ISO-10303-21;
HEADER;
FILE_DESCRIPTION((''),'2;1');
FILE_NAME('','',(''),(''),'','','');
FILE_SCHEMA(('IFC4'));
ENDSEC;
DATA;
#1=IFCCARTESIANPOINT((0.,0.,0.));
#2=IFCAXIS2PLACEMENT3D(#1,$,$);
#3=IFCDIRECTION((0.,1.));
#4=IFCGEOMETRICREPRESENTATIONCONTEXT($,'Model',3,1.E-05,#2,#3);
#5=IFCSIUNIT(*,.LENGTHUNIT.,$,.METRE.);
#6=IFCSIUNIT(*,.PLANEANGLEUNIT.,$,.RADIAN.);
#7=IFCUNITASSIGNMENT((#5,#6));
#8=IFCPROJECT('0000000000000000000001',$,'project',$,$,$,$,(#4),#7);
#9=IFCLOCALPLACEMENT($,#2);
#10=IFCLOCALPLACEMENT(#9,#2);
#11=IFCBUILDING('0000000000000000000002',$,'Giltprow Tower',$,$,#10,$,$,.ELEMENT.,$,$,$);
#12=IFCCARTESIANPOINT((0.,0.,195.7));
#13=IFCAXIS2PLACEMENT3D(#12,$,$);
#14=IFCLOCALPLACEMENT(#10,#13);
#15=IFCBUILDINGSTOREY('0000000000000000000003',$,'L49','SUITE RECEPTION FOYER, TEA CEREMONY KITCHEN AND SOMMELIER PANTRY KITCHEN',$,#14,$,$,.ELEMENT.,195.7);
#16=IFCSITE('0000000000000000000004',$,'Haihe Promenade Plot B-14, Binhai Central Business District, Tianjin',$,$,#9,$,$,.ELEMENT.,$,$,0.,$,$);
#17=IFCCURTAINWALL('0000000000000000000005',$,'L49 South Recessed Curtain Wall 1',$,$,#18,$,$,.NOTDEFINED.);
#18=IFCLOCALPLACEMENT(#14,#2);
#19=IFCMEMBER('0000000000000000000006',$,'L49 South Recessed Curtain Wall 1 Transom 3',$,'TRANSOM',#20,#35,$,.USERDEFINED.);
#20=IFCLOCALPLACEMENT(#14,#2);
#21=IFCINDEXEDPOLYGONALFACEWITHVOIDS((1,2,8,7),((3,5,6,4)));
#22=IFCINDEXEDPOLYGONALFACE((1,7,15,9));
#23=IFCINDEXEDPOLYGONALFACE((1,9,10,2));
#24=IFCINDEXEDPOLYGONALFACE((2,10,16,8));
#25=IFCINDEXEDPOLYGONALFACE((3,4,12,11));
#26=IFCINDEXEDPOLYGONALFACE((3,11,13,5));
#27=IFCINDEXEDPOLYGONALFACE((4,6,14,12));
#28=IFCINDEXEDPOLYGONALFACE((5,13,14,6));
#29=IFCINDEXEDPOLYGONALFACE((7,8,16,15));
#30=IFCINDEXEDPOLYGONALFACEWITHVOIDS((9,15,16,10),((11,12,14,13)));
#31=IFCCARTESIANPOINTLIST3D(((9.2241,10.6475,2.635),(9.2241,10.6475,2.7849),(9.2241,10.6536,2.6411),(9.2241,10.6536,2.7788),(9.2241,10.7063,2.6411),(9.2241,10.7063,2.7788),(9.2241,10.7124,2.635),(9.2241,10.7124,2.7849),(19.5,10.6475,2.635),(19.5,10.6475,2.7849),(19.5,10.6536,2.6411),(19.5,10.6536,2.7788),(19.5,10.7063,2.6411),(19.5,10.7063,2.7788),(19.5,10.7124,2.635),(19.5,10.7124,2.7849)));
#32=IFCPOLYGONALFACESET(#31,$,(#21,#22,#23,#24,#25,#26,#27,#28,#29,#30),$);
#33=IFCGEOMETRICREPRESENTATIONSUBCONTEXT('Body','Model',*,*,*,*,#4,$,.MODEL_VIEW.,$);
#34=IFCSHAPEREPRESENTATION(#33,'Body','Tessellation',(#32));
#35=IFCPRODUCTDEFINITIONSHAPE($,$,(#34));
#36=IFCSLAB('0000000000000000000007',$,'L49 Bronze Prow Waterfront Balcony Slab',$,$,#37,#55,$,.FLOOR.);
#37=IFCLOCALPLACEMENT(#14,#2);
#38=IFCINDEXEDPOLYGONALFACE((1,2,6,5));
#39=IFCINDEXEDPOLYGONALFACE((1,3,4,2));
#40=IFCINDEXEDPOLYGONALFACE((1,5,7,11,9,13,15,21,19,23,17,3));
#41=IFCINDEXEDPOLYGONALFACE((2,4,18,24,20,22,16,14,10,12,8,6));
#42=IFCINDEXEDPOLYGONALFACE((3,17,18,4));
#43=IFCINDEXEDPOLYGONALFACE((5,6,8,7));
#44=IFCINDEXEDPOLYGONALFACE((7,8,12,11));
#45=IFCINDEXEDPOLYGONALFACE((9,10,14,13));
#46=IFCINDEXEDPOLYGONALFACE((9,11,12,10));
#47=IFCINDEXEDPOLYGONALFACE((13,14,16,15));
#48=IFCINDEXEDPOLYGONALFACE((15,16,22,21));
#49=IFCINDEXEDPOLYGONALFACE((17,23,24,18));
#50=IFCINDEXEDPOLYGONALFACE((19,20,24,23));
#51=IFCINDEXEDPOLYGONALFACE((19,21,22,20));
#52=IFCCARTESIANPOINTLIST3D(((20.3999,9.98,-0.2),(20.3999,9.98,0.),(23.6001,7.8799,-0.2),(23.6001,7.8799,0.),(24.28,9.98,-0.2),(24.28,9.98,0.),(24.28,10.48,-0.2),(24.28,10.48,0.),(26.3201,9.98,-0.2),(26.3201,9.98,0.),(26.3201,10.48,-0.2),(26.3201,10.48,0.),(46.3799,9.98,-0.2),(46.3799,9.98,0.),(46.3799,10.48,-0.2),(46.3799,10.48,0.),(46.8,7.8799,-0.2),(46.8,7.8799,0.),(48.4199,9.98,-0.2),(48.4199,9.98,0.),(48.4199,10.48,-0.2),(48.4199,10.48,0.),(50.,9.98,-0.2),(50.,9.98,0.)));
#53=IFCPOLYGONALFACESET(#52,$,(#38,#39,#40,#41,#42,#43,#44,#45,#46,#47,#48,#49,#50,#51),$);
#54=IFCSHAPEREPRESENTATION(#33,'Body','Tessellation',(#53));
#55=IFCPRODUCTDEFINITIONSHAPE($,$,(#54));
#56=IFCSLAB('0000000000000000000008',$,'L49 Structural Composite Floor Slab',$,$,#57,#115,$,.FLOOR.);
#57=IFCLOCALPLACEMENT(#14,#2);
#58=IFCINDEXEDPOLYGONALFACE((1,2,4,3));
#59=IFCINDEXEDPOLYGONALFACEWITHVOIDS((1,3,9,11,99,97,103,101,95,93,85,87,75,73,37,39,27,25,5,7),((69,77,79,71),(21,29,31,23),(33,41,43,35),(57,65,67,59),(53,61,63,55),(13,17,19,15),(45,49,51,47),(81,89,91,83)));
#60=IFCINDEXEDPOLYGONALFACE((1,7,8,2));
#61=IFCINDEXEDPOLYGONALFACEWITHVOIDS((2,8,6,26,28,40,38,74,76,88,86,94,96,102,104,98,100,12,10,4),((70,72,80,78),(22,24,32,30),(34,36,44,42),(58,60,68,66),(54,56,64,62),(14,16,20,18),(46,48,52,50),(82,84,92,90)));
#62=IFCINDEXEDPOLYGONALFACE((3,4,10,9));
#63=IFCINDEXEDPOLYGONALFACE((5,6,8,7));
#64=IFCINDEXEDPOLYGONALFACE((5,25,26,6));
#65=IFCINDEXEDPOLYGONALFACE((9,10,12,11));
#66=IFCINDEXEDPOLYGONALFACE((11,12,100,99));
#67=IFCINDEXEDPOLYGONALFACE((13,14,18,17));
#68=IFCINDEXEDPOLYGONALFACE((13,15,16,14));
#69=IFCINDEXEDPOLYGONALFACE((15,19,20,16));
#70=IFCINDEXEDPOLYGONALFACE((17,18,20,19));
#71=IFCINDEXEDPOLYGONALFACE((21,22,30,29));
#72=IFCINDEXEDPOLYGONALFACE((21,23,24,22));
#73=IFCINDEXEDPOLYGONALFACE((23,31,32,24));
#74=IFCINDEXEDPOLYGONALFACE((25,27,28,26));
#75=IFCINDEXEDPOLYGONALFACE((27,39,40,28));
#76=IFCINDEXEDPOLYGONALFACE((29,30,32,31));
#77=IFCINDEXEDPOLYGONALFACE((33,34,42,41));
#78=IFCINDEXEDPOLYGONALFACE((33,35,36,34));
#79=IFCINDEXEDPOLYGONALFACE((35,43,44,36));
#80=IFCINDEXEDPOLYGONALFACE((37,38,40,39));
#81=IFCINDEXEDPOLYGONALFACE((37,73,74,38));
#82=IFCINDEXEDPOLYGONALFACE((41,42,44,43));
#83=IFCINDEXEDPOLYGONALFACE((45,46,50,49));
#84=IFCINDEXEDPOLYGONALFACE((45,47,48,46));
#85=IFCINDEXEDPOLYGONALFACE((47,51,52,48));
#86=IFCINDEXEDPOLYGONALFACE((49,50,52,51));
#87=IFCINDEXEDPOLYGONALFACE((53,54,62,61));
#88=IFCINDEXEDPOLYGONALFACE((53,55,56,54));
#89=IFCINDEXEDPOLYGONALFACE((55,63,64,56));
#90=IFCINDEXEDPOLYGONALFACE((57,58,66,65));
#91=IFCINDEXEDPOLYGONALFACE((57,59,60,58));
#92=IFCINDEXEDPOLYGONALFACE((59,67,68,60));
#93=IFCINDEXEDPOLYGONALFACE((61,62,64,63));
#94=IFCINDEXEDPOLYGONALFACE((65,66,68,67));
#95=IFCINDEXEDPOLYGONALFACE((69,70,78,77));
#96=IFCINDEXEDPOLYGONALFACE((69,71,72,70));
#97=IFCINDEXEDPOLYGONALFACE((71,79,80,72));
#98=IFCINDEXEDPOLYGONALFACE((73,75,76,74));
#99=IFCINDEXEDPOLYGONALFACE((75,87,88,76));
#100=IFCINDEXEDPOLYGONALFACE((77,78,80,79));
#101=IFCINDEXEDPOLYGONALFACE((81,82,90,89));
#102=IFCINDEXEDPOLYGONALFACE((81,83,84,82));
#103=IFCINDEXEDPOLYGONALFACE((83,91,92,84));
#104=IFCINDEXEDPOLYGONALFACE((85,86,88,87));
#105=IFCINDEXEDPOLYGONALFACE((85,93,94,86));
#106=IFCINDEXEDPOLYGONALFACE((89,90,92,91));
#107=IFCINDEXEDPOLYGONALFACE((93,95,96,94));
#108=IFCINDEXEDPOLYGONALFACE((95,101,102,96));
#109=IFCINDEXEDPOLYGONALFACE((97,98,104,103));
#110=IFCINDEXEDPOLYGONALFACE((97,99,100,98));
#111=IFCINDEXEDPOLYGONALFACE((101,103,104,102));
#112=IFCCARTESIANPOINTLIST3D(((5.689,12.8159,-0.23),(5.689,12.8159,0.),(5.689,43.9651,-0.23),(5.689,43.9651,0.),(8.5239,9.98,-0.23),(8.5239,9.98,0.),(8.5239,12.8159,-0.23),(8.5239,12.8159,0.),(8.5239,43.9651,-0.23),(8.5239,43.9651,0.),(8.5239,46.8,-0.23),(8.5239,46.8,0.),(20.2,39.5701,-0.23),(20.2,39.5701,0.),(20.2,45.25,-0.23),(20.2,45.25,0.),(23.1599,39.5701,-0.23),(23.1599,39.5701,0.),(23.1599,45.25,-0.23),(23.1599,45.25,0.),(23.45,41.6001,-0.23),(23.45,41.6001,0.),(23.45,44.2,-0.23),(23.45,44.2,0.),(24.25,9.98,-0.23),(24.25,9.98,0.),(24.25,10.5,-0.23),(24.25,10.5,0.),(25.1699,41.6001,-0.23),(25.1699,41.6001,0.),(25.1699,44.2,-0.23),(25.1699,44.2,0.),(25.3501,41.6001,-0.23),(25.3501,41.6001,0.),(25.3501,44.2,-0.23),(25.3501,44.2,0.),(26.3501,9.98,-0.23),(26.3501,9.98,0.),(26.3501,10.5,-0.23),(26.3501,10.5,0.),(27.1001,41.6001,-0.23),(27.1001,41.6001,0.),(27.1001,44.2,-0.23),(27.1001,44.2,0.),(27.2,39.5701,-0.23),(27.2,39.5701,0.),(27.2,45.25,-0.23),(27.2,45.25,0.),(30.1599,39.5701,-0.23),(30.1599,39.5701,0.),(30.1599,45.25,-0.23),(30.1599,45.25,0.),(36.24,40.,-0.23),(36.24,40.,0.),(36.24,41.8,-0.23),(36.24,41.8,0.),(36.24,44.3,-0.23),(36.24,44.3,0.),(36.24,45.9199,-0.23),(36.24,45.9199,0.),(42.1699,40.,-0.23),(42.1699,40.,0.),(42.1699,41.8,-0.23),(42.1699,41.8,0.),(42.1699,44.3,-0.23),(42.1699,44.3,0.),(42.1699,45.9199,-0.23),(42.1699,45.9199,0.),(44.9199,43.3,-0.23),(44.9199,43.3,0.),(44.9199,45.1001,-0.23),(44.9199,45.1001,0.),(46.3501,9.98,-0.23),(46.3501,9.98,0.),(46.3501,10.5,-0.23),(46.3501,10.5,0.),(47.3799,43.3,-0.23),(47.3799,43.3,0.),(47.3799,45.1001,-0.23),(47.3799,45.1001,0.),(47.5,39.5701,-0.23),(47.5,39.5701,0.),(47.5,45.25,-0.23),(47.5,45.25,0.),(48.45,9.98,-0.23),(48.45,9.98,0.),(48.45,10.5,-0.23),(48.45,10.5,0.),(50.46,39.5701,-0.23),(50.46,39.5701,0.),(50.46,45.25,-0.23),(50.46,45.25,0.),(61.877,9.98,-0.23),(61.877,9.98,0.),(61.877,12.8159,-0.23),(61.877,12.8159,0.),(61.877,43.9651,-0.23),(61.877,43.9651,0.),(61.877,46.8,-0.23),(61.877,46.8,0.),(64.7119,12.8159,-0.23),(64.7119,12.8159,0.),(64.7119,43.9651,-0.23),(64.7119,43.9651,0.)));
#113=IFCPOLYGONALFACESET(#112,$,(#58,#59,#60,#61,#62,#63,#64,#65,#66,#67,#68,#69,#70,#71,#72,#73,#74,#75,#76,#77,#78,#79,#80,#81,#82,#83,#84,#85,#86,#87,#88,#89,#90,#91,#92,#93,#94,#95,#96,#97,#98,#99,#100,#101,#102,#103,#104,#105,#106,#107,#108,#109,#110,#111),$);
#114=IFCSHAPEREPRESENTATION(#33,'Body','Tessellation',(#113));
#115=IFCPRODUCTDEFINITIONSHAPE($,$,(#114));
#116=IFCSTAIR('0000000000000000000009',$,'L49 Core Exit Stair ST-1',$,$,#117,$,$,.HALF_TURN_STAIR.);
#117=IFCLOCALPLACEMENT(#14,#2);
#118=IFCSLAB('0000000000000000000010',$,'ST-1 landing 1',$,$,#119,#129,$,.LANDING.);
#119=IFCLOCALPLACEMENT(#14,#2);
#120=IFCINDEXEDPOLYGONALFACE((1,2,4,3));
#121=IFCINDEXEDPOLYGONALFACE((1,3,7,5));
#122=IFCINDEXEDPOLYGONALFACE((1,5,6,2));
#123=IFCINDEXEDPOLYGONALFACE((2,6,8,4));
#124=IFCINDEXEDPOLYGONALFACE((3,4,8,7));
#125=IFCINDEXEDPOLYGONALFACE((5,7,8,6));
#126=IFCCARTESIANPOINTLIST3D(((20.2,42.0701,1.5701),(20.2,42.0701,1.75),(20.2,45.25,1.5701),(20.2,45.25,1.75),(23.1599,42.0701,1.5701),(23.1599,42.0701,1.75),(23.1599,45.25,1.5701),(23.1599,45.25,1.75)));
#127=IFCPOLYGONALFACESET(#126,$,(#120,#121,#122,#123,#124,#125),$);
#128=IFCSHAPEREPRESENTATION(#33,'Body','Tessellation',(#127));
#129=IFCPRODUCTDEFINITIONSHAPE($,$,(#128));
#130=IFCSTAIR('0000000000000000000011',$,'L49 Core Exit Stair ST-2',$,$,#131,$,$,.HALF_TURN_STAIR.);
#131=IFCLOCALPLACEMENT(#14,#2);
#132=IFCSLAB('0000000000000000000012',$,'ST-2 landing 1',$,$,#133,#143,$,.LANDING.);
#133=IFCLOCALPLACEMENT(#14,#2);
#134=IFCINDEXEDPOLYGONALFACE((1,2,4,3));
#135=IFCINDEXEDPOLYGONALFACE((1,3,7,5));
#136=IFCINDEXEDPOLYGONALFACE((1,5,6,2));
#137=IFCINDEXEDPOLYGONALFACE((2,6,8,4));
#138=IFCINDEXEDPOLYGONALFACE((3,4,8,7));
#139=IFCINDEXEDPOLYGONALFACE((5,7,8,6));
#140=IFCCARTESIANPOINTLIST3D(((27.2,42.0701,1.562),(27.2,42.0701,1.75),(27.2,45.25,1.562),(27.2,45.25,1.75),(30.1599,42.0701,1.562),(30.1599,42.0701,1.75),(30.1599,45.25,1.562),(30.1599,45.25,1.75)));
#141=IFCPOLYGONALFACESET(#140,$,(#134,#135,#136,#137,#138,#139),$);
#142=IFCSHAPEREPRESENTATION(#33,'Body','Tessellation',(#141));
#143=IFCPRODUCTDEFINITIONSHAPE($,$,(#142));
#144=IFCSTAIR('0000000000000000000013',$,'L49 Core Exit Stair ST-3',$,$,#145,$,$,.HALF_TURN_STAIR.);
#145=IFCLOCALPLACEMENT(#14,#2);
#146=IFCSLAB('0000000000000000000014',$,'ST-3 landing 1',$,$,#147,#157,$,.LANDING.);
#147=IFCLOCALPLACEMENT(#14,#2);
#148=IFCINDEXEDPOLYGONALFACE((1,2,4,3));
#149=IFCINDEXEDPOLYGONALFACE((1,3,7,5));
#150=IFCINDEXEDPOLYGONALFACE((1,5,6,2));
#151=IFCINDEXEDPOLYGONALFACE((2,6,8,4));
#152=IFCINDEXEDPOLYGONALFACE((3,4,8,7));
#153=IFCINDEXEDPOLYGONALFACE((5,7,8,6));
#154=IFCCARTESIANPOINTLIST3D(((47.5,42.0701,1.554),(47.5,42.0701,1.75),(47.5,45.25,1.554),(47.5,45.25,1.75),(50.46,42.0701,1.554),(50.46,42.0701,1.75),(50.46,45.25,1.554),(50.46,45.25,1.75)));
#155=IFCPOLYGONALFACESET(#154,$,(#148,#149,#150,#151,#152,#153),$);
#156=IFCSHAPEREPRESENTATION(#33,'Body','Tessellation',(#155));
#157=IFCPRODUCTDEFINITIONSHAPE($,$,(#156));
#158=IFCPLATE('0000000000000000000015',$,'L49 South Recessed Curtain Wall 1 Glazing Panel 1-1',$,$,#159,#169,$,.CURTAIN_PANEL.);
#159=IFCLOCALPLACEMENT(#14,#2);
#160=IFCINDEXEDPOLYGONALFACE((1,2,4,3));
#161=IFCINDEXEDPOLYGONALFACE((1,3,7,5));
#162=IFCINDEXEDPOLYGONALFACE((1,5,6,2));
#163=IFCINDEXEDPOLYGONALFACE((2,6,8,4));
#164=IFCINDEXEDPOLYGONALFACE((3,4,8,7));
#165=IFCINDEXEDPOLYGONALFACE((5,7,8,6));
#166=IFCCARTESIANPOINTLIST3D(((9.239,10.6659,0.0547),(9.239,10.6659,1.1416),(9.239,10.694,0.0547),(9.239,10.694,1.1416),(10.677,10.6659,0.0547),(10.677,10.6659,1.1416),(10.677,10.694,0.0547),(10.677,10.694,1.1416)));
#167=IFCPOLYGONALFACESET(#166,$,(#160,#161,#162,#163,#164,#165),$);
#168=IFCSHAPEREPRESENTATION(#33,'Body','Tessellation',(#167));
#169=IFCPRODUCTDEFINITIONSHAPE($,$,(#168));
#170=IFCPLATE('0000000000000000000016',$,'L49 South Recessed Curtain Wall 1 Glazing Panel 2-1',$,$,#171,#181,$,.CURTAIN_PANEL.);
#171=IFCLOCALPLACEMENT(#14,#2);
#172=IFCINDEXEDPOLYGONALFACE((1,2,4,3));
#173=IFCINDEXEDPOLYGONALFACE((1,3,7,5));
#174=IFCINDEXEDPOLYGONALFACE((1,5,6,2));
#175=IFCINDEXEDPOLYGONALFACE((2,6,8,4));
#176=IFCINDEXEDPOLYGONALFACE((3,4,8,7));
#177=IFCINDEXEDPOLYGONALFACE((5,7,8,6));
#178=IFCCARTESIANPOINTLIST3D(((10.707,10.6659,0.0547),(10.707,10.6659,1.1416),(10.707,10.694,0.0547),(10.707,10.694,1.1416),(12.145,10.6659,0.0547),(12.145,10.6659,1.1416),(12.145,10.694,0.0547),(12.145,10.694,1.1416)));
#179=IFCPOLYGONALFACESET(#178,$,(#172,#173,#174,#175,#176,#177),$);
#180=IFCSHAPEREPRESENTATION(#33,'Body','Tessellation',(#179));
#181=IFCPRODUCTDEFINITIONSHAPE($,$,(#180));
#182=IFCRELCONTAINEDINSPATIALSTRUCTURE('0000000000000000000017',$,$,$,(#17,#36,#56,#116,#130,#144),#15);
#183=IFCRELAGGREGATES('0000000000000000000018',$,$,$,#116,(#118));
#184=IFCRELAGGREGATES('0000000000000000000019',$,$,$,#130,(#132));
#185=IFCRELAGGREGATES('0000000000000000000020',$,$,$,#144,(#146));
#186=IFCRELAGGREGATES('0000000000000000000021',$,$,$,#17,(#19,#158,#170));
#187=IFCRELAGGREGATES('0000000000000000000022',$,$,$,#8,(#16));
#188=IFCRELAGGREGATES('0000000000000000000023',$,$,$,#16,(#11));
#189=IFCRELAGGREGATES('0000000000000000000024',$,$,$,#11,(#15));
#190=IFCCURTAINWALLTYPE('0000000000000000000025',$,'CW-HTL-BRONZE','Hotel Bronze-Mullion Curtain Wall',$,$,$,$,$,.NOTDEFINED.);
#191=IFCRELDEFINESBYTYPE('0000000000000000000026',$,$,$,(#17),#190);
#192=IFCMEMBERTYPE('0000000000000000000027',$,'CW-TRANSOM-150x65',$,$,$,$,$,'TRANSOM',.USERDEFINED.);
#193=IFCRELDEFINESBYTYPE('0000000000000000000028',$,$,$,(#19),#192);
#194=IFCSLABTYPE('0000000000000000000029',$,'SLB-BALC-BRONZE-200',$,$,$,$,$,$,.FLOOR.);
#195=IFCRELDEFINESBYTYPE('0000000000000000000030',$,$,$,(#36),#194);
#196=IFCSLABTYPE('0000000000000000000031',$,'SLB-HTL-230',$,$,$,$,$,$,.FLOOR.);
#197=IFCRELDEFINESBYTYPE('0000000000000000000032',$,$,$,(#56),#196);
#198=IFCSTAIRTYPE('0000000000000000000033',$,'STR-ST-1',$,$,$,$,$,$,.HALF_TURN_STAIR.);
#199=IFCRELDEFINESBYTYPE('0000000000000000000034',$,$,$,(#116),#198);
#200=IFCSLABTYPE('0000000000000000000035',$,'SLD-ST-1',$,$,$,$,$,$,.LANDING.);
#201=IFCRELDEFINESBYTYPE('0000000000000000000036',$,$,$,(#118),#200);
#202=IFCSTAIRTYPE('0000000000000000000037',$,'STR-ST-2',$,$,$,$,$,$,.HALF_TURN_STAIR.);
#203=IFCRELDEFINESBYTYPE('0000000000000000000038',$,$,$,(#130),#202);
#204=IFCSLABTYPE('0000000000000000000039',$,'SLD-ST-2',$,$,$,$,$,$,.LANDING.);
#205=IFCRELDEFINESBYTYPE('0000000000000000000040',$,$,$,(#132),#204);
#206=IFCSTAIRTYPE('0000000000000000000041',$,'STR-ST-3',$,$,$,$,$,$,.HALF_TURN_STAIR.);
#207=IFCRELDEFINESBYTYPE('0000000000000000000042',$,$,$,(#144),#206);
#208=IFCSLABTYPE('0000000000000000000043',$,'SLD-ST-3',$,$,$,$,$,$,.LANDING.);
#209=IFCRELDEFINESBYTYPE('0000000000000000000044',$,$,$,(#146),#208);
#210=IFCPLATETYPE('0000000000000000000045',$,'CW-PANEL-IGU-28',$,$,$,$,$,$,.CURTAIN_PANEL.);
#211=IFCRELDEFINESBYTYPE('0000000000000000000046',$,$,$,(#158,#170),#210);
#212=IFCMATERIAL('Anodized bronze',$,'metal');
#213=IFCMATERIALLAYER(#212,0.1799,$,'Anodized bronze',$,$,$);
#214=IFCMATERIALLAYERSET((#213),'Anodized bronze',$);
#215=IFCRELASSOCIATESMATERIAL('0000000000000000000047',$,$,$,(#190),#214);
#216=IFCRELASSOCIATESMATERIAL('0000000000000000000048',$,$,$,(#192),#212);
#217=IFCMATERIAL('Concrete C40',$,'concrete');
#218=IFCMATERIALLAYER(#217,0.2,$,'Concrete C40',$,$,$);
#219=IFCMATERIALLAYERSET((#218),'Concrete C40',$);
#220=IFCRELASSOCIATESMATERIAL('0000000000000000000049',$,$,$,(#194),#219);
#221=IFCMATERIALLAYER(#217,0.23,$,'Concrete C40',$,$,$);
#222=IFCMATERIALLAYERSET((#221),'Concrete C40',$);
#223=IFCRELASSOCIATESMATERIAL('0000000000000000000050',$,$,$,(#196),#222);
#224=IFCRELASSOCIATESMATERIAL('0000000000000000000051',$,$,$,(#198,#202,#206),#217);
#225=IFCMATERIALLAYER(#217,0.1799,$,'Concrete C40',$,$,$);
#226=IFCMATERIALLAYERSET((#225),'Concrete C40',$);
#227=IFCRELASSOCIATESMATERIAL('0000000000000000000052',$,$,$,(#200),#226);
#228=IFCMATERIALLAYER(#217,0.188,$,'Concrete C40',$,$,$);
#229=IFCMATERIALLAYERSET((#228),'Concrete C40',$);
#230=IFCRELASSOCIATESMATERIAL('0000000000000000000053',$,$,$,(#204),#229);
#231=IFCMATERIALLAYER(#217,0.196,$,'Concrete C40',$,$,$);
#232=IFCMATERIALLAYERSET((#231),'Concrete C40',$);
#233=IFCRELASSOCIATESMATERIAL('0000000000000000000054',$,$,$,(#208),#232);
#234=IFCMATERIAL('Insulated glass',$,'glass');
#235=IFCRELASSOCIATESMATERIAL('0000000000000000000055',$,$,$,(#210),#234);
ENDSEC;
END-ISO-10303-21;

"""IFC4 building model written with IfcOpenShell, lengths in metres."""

from ifc_helpers import new_model, si_unit, direction, frame, origin, origin_2d, place, context, subcontext, project, spatial, polyline, rectangle, hollow_rectangle, outline, extrude, source, transform, mapped, material, layer, layer_set, material_profile, profile_set, type_object, element, aggregate, save


model = new_model("IFC4")

# Units and contexts
model_context = context("Model", 3, precision=1e-05, world=origin(), true_north=direction((0.0, 1.0)))
body_context = subcontext(model_context, "Body", "Model", "MODEL_VIEW")
ifc_project = project(units=[si_unit("LENGTHUNIT", "METRE"), si_unit("PLANEANGLEUNIT", "RADIAN")], contexts=[model_context])

# Site, building, storey
site_placement = place(None, origin())
site = spatial("IfcSite", under=ifc_project, at=site_placement, Name="Haihe Promenade Plot B-14, Binhai Central Business District, Tianjin", CompositionType="ELEMENT", RefElevation=0.0)
building_placement = place(site_placement, origin())
building = spatial("IfcBuilding", under=site, at=building_placement, Name="Giltprow Tower", CompositionType="ELEMENT")
storey_placement = place(building_placement, frame((0.0, 0.0, 195.7)))
storey = spatial("IfcBuildingStorey", under=building, at=storey_placement, Name="L49", Description="SUITE RECEPTION FOYER, TEA CEREMONY KITCHEN AND SOMMELIER PANTRY KITCHEN", CompositionType="ELEMENT", Elevation=195.7)

# Curtain wall, member
ifc_material_1 = material(Name="Anodized bronze", Category="metal")
ifc_layer_1 = layer(ifc_material_1, 0.1799, Name="Anodized bronze")
ifc_layer_set_1 = layer_set([ifc_layer_1], Name="Anodized bronze")
curtain_wall_type = type_object("IfcCurtainWallType", Name="CW-HTL-BRONZE", Description="Hotel Bronze-Mullion Curtain Wall", PredefinedType="NOTDEFINED", material=ifc_layer_set_1)
curtain_wall_placement = place(storey_placement, origin())
curtain_wall = element("IfcCurtainWall", 1, at=curtain_wall_placement, inside=storey, type_object=curtain_wall_type, Name="L49 South Recessed Curtain Wall 1", PredefinedType="NOTDEFINED")
ifc_material_profile_1 = material_profile(ifc_material_1, hollow_rectangle(XDim=0.0649, YDim=0.1499, WallThickness=0.0061, at=origin_2d()), Name="RHS 150x65x6")
ifc_profile_set_1 = profile_set([ifc_material_profile_1], Name="Anodized bronze")
member_type_1 = type_object("IfcMemberType", Name="CW-TRANSOM-150x65", ElementType="TRANSOM", PredefinedType="USERDEFINED", material=ifc_profile_set_1)
shared_shape_1 = source(origin(), body_context, "Body", "SweptSolid", [
    extrude(hollow_rectangle(XDim=0.0649, YDim=0.1499, WallThickness=0.0061, at=origin_2d()), origin(), (0.0, 0.0, 1.0), 10.2759),
])
member_1_placement = place(storey_placement, frame((9.2241, 10.6799, 2.71), z_axis=(1.0, 0.0, 0.0), x_axis=(0.0, 1.0, 0.0)))
member_1 = element("IfcMember", 2, at=member_1_placement, type_object=member_type_1, Name="L49 South Recessed Curtain Wall 1 Transom 3", ObjectType="TRANSOM", PredefinedType="USERDEFINED", context=body_context, shape_type="MappedRepresentation", body=[
    mapped(shared_shape_1, transform((0.0, 0.0, 0.0), x_axis=(1.0, 0.0, 0.0), y_axis=(0.0, 1.0, 0.0), z_axis=(0.0, 0.0, 1.0), scale=1.0)),
])

# Slabs
ifc_material_2 = material(Name="Concrete C40", Category="concrete")
ifc_layer_2 = layer(ifc_material_2, 0.2, Name="Concrete C40")
ifc_layer_set_2 = layer_set([ifc_layer_2], Name="Concrete C40")
slab_type_1 = type_object("IfcSlabType", Name="SLB-BALC-BRONZE-200", PredefinedType="FLOOR", material=ifc_layer_set_2)
slab_1_placement = place(storey_placement, frame((0.0, 0.0, -0.2)))
element("IfcSlab", 3, at=slab_1_placement, inside=storey, type_object=slab_type_1, Name="L49 Bronze Prow Waterfront Balcony Slab", PredefinedType="FLOOR", context=body_context, shape_type="SweptSolid", body=[
    extrude(outline(polyline([(50.0, 9.98), (46.8, 7.8799), (23.6001, 7.8799), (20.3999, 9.98), (24.28, 9.98), (24.28, 10.48), (26.3201, 10.48), (26.3201, 9.98), (46.3799, 9.98), (46.3799, 10.48), (48.4199, 10.48), (48.4199, 9.98), (50.0, 9.98)])), origin(), (0.0, 0.0, 1.0), 0.2),
])
ifc_layer_3 = layer(ifc_material_2, 0.23, Name="Concrete C40")
ifc_layer_set_3 = layer_set([ifc_layer_3], Name="Concrete C40")
slab_type_2 = type_object("IfcSlabType", Name="SLB-HTL-230", PredefinedType="FLOOR", material=ifc_layer_set_3)
slab_2_placement = place(storey_placement, frame((0.0, 0.0, -0.23)))
element("IfcSlab", 4, at=slab_2_placement, inside=storey, type_object=slab_type_2, Name="L49 Structural Composite Floor Slab", PredefinedType="FLOOR", context=body_context, shape_type="SweptSolid", body=[
    extrude(outline(polyline([(8.5239, 9.98), (8.5239, 12.8159), (5.689, 12.8159), (5.689, 43.9651), (8.5239, 43.9651), (8.5239, 46.8), (61.877, 46.8), (61.877, 43.9651), (64.7119, 43.9651), (64.7119, 12.8159), (61.877, 12.8159), (61.877, 9.98), (48.45, 9.98), (48.45, 10.5), (46.3501, 10.5), (46.3501, 9.98), (26.3501, 9.98), (26.3501, 10.5), (24.25, 10.5), (24.25, 9.98), (8.5239, 9.98)]), holes=[polyline([(42.1699, 41.8), (36.24, 41.8), (36.24, 40.0), (42.1699, 40.0), (42.1699, 41.8)]), polyline([(23.1599, 39.5701), (23.1599, 45.25), (20.2, 45.25), (20.2, 39.5701), (23.1599, 39.5701)]), polyline([(30.1599, 39.5701), (30.1599, 45.25), (27.2, 45.25), (27.2, 39.5701), (30.1599, 39.5701)]), polyline([(50.46, 45.25), (47.5, 45.25), (47.5, 39.5701), (50.46, 39.5701), (50.46, 45.25)]), polyline([(25.1699, 44.2), (23.45, 44.2), (23.45, 41.6001), (25.1699, 41.6001), (25.1699, 44.2)]), polyline([(27.1001, 44.2), (25.3501, 44.2), (25.3501, 41.6001), (27.1001, 41.6001), (27.1001, 44.2)]), polyline([(47.3799, 43.3), (47.3799, 45.1001), (44.9199, 45.1001), (44.9199, 43.3), (47.3799, 43.3)]), polyline([(42.1699, 44.3), (42.1699, 45.9199), (36.24, 45.9199), (36.24, 44.3), (42.1699, 44.3)])]), origin(), (0.0, 0.0, 1.0), 0.23),
])

# Stairs, slabs
stair_type_1 = type_object("IfcStairType", Name="STR-ST-1", PredefinedType="HALF_TURN_STAIR", material=ifc_material_2)
stair_1_placement = place(storey_placement, origin())
stair_1 = element("IfcStair", 5, at=stair_1_placement, inside=storey, type_object=stair_type_1, Name="L49 Core Exit Stair ST-1", PredefinedType="HALF_TURN_STAIR")
ifc_layer_4 = layer(ifc_material_2, 0.1799, Name="Concrete C40")
ifc_layer_set_4 = layer_set([ifc_layer_4], Name="Concrete C40")
slab_type_3 = type_object("IfcSlabType", Name="SLD-ST-1", PredefinedType="LANDING", material=ifc_layer_set_4)
slab_3_placement = place(storey_placement, frame((0.0, 0.0, 1.5701)))
slab_3 = element("IfcSlab", 6, at=slab_3_placement, type_object=slab_type_3, Name="ST-1 landing 1", PredefinedType="LANDING", context=body_context, shape_type="SweptSolid", body=[
    extrude(outline(polyline([(23.1599, 42.0701), (23.1599, 45.25), (20.2, 45.25), (20.2, 42.0701), (23.1599, 42.0701)])), origin(), (0.0, 0.0, 1.0), 0.1799),
])
aggregate(stair_1, [slab_3])
stair_type_2 = type_object("IfcStairType", Name="STR-ST-2", PredefinedType="HALF_TURN_STAIR", material=ifc_material_2)
stair_2_placement = place(storey_placement, origin())
stair_2 = element("IfcStair", 7, at=stair_2_placement, inside=storey, type_object=stair_type_2, Name="L49 Core Exit Stair ST-2", PredefinedType="HALF_TURN_STAIR")
ifc_layer_5 = layer(ifc_material_2, 0.188, Name="Concrete C40")
ifc_layer_set_5 = layer_set([ifc_layer_5], Name="Concrete C40")
slab_type_4 = type_object("IfcSlabType", Name="SLD-ST-2", PredefinedType="LANDING", material=ifc_layer_set_5)
slab_4_placement = place(storey_placement, frame((0.0, 0.0, 1.562)))
slab_4 = element("IfcSlab", 8, at=slab_4_placement, type_object=slab_type_4, Name="ST-2 landing 1", PredefinedType="LANDING", context=body_context, shape_type="SweptSolid", body=[
    extrude(outline(polyline([(30.1599, 42.0701), (30.1599, 45.25), (27.2, 45.25), (27.2, 42.0701), (30.1599, 42.0701)])), origin(), (0.0, 0.0, 1.0), 0.188),
])
aggregate(stair_2, [slab_4])
stair_type_3 = type_object("IfcStairType", Name="STR-ST-3", PredefinedType="HALF_TURN_STAIR", material=ifc_material_2)
stair_3_placement = place(storey_placement, origin())
stair_3 = element("IfcStair", 9, at=stair_3_placement, inside=storey, type_object=stair_type_3, Name="L49 Core Exit Stair ST-3", PredefinedType="HALF_TURN_STAIR")
ifc_layer_6 = layer(ifc_material_2, 0.196, Name="Concrete C40")
ifc_layer_set_6 = layer_set([ifc_layer_6], Name="Concrete C40")
slab_type_5 = type_object("IfcSlabType", Name="SLD-ST-3", PredefinedType="LANDING", material=ifc_layer_set_6)
slab_5_placement = place(storey_placement, frame((0.0, 0.0, 1.554)))
slab_5 = element("IfcSlab", 10, at=slab_5_placement, type_object=slab_type_5, Name="ST-3 landing 1", PredefinedType="LANDING", context=body_context, shape_type="SweptSolid", body=[
    extrude(outline(polyline([(50.46, 42.0701), (50.46, 45.25), (47.5, 45.25), (47.5, 42.0701), (50.46, 42.0701)])), origin(), (0.0, 0.0, 1.0), 0.196),
])
aggregate(stair_3, [slab_5])

# Plates
ifc_material_3 = material(Name="Insulated glass", Category="glass")
plate_type = type_object("IfcPlateType", Name="CW-PANEL-IGU-28", PredefinedType="CURTAIN_PANEL", material=ifc_material_3)
shared_shape_2 = source(origin(), body_context, "Body", "SweptSolid", [
    extrude(rectangle(XDim=1.438, YDim=0.0281, at=origin_2d()), origin(), (0.0, 0.0, 1.0), 1.0869),
])
plate_1_placement = place(storey_placement, frame((9.958, 10.6799, 0.0547), z_axis=(0.0, 0.0, 1.0), x_axis=(1.0, 0.0, 0.0)))
plate_1 = element("IfcPlate", 11, at=plate_1_placement, type_object=plate_type, Name="L49 South Recessed Curtain Wall 1 Glazing Panel 1-1", PredefinedType="CURTAIN_PANEL", context=body_context, shape_type="MappedRepresentation", body=[
    mapped(shared_shape_2, transform((0.0, 0.0, 0.0), x_axis=(1.0, 0.0, 0.0), y_axis=(0.0, 1.0, 0.0), z_axis=(0.0, 0.0, 1.0), scale=1.0)),
])
plate_2_placement = place(storey_placement, frame((11.426, 10.6799, 0.0547), z_axis=(0.0, 0.0, 1.0), x_axis=(1.0, 0.0, 0.0)))
plate_2 = element("IfcPlate", 12, at=plate_2_placement, type_object=plate_type, Name="L49 South Recessed Curtain Wall 1 Glazing Panel 2-1", PredefinedType="CURTAIN_PANEL", context=body_context, shape_type="MappedRepresentation", body=[
    mapped(shared_shape_2, transform((0.0, 0.0, 0.0), x_axis=(1.0, 0.0, 0.0), y_axis=(0.0, 1.0, 0.0), z_axis=(0.0, 0.0, 1.0), scale=1.0)),
])
aggregate(curtain_wall, [member_1, plate_1, plate_2])

save(model, "model.ifc")
